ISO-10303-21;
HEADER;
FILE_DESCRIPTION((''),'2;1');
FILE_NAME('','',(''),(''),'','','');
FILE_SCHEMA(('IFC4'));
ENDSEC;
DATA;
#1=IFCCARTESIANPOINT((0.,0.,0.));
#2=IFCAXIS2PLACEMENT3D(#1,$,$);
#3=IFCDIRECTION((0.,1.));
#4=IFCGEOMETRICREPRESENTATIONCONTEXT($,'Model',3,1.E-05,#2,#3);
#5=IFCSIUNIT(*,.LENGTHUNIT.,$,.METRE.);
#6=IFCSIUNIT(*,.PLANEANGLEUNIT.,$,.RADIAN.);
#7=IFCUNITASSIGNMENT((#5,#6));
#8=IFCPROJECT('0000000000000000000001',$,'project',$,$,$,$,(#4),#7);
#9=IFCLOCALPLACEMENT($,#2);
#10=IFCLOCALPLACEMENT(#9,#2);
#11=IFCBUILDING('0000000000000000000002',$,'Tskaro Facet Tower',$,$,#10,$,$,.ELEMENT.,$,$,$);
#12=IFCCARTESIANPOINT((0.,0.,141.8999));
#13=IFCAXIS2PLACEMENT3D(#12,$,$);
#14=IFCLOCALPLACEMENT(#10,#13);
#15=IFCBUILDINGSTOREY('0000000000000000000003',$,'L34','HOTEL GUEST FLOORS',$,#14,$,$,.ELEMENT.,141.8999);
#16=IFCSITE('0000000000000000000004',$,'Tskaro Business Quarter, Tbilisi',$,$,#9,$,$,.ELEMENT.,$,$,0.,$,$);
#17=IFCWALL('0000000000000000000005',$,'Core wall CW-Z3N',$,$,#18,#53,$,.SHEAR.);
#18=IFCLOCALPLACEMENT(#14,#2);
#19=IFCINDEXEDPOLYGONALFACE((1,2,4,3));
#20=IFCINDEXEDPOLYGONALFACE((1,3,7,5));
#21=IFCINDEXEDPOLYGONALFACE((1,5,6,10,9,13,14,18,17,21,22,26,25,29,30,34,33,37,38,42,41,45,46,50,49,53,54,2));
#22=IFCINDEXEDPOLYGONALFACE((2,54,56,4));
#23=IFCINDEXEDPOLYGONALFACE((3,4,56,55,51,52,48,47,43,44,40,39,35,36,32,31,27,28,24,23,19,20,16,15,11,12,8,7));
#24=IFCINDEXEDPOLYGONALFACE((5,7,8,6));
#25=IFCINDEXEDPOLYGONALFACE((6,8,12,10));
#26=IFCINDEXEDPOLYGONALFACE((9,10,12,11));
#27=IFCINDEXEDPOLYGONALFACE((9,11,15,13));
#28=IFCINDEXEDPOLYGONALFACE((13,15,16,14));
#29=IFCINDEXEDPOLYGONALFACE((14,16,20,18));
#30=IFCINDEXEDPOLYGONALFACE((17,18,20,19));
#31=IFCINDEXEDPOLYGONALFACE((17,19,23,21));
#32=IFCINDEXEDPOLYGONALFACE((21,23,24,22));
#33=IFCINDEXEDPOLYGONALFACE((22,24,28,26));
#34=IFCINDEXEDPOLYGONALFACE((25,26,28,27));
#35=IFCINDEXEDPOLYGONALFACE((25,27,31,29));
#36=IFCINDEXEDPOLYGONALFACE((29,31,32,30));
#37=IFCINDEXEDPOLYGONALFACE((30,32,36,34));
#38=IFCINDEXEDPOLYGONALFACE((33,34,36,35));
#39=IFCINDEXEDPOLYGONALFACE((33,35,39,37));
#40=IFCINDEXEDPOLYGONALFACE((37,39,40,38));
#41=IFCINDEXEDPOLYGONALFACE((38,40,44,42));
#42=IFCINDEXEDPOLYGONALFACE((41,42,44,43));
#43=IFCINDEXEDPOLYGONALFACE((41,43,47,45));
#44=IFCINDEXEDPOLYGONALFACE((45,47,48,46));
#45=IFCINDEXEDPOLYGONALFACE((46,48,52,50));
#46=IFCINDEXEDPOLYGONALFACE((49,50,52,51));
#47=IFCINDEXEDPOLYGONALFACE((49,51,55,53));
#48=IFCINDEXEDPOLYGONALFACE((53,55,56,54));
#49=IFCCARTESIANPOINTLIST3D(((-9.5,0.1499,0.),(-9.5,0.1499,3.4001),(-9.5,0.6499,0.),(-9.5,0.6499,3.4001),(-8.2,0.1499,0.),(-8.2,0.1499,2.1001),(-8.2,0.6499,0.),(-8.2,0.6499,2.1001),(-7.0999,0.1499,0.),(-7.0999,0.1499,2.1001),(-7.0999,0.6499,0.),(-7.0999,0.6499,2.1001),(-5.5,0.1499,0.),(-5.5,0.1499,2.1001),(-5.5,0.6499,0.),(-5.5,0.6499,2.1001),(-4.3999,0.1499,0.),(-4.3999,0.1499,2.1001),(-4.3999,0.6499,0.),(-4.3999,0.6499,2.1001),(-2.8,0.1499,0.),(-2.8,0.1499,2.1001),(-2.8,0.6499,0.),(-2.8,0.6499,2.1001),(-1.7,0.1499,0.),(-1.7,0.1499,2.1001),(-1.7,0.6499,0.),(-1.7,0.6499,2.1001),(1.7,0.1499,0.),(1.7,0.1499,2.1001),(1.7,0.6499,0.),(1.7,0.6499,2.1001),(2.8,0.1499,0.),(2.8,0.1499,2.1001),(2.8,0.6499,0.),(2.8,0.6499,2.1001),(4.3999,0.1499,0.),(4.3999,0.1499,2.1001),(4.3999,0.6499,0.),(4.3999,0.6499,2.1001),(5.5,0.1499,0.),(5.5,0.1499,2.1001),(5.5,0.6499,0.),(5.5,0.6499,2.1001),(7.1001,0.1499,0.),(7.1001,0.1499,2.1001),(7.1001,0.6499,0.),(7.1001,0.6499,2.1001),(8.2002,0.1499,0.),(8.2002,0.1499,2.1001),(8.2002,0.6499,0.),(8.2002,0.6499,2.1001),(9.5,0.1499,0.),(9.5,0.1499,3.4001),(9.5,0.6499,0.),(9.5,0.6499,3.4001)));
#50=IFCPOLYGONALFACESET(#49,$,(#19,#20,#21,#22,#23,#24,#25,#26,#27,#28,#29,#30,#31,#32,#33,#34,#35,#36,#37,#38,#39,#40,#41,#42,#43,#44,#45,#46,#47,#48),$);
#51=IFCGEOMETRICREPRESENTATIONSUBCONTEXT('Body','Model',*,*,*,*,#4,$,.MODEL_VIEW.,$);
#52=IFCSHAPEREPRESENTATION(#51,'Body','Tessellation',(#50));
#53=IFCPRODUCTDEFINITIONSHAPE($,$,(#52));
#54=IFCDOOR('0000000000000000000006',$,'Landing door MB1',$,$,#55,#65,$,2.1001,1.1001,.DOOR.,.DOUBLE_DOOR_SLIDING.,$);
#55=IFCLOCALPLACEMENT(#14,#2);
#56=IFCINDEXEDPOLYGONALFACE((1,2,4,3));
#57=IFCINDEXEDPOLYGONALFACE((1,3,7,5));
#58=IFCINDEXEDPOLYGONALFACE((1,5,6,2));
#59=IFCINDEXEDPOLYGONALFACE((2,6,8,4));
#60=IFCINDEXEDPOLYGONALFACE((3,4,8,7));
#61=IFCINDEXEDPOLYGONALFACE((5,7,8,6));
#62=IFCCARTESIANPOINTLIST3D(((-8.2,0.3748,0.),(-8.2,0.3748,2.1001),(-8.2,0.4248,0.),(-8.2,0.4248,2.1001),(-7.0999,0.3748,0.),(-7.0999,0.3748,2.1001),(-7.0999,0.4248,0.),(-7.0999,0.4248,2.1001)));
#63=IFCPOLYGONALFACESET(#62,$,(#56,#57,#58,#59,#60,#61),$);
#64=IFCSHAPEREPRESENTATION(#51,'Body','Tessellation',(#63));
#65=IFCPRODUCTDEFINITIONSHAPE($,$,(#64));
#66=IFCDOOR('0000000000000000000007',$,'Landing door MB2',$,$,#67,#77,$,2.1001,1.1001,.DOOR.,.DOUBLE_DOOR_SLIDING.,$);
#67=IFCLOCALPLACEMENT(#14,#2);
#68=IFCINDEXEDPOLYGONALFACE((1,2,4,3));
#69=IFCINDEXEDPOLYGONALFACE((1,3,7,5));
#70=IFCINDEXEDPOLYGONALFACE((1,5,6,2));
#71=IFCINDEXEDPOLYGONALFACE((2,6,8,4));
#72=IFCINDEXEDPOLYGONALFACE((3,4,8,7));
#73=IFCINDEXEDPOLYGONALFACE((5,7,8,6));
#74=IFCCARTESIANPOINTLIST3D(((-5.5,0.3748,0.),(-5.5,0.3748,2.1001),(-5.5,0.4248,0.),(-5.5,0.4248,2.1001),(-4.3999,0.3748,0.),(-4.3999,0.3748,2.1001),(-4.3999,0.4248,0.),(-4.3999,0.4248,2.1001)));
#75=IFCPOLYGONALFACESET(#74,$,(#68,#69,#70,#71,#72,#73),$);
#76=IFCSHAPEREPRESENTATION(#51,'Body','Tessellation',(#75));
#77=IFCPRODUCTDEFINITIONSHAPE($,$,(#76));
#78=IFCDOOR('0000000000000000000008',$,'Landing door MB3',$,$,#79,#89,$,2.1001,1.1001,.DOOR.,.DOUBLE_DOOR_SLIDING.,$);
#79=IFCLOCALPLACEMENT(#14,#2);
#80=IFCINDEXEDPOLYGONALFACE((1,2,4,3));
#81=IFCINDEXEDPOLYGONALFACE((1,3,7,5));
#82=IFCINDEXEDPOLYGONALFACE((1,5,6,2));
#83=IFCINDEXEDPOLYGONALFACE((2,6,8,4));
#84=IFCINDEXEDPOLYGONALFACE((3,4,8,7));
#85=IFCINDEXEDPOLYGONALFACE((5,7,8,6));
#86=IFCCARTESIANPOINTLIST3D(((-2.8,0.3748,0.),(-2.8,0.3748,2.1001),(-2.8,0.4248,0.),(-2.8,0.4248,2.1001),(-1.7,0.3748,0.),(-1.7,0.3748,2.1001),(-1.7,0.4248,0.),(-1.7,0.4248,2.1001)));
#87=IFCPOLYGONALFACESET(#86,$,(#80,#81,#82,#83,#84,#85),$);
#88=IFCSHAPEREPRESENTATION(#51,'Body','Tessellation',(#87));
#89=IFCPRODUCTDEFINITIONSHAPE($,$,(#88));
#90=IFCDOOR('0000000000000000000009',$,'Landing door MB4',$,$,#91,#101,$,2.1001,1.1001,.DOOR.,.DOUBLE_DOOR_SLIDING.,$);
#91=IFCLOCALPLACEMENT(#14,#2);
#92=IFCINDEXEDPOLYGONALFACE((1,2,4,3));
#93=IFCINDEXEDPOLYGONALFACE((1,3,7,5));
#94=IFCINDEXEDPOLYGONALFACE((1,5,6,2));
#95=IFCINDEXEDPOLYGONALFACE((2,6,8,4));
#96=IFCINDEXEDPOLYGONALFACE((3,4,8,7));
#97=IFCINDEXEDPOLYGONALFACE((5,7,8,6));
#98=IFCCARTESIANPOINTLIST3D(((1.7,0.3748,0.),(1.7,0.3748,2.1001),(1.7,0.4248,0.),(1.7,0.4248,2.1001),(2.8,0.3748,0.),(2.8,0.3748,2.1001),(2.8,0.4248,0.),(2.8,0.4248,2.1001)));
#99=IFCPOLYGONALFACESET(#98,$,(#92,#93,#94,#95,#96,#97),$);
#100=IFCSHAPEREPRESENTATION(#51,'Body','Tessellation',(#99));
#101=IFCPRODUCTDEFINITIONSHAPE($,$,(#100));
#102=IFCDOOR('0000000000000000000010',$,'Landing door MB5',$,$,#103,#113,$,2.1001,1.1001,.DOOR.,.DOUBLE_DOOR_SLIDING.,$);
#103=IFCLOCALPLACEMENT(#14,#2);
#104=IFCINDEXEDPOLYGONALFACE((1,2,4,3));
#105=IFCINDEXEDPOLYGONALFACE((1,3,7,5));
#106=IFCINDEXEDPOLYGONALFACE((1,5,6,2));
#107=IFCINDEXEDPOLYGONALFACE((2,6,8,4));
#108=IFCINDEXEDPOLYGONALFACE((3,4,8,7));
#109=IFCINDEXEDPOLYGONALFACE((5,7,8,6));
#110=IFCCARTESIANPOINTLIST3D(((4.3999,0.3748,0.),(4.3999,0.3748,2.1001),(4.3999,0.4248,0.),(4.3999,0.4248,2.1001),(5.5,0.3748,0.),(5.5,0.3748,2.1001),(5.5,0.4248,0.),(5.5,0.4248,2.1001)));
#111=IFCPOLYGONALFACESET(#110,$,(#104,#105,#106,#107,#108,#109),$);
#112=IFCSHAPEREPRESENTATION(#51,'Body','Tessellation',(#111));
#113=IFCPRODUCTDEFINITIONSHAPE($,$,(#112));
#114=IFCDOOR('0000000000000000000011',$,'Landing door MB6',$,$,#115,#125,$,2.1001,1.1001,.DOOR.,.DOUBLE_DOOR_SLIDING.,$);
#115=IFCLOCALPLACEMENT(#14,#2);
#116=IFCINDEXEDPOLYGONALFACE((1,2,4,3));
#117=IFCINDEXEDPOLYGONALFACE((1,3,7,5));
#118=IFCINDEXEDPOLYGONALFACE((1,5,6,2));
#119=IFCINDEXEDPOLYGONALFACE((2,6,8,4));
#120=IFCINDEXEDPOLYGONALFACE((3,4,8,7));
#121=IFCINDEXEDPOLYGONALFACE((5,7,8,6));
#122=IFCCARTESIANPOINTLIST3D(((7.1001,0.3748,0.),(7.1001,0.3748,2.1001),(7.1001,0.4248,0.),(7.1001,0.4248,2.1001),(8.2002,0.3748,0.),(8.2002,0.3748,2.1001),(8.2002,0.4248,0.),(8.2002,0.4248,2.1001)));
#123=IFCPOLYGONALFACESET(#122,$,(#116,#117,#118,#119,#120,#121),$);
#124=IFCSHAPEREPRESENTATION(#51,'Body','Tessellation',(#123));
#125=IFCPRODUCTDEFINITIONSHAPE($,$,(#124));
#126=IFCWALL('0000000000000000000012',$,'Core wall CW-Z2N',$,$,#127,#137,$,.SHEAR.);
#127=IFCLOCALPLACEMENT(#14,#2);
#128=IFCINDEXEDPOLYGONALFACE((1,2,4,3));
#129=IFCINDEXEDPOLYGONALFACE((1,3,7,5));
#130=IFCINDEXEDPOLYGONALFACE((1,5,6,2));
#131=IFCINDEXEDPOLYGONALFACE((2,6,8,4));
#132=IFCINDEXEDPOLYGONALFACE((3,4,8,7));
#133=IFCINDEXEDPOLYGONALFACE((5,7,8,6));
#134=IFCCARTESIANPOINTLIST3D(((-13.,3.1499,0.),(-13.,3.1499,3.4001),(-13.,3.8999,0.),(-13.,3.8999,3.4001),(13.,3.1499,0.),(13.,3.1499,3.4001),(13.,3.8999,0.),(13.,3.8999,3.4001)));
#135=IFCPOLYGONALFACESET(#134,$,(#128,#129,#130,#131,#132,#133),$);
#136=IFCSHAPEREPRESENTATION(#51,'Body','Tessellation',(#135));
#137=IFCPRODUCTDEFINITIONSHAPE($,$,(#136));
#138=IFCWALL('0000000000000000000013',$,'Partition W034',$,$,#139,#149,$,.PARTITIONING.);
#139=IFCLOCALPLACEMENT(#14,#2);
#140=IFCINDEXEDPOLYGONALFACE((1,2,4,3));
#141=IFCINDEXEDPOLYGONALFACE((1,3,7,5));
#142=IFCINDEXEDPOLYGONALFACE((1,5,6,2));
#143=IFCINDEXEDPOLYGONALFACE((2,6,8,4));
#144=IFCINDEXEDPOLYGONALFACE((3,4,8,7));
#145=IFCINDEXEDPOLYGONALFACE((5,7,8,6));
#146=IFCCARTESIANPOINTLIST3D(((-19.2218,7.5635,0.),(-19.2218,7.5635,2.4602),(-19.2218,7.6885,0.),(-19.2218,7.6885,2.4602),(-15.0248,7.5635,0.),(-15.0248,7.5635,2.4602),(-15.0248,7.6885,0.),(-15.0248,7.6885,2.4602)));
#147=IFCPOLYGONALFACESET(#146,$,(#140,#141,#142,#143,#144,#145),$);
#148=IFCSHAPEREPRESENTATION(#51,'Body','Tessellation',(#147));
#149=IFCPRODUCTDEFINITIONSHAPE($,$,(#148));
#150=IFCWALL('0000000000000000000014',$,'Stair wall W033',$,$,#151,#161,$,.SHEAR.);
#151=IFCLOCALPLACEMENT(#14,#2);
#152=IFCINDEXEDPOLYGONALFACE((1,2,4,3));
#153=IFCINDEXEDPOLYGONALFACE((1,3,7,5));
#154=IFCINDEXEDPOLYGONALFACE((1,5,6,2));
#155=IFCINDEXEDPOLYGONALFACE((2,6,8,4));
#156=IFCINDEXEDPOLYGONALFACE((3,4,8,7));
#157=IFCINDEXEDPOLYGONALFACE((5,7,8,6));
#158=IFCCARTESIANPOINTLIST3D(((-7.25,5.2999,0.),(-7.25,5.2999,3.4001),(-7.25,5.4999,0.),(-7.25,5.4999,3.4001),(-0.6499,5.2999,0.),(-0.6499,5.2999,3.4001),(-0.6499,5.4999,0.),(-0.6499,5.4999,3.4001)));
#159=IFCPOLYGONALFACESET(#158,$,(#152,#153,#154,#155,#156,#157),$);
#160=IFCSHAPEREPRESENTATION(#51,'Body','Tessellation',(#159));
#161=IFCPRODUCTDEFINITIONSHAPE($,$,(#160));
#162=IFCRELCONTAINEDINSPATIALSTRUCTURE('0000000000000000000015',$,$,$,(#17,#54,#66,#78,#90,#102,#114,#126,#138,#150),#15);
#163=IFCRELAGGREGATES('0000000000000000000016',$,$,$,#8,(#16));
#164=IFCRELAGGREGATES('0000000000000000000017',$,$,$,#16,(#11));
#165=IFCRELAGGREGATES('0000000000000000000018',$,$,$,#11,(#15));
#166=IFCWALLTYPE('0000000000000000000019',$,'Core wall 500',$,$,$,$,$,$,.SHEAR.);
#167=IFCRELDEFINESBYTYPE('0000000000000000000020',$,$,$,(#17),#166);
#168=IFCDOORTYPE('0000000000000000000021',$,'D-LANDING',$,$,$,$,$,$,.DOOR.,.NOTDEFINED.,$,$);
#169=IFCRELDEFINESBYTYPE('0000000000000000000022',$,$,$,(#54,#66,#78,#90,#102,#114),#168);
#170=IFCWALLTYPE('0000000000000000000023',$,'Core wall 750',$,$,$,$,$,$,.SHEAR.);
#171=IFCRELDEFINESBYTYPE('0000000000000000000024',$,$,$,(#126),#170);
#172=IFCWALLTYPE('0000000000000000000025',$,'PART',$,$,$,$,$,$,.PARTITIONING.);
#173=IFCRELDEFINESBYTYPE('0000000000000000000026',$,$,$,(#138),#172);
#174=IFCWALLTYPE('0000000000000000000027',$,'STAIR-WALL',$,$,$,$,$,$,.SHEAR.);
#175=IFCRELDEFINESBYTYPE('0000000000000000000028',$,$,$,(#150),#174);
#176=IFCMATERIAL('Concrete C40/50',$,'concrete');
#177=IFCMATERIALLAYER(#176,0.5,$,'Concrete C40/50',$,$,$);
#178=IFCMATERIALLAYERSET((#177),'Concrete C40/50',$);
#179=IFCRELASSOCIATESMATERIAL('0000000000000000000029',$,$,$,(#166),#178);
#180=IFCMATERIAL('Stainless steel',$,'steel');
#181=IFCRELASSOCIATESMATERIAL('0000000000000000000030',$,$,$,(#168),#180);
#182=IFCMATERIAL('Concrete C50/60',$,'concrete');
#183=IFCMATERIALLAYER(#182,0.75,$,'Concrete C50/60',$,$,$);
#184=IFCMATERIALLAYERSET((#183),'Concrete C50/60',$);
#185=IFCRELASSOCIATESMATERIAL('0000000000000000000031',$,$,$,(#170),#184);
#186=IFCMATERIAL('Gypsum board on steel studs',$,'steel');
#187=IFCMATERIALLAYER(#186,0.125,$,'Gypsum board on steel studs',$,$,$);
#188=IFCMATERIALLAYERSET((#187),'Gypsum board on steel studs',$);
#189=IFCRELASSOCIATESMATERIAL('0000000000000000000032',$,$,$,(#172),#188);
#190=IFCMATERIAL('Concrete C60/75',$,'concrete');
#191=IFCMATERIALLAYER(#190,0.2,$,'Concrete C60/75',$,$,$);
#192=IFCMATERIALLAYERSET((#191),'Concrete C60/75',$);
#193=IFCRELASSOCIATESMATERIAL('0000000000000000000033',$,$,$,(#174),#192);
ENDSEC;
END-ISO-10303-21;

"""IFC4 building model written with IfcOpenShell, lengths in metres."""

from ifc_helpers import new_model, si_unit, direction, frame, frame_2d, origin, place, context, subcontext, project, spatial, rectangle, extrude, material, layer, layer_set, type_object, element, fill, save


model = new_model("IFC4")

# Units and contexts
model_context = context("Model", 3, precision=1e-05, world=origin(), true_north=direction((0.0, 1.0)))
body_context = subcontext(model_context, "Body", "Model", "MODEL_VIEW")
ifc_project = project(units=[si_unit("LENGTHUNIT", "METRE"), si_unit("PLANEANGLEUNIT", "RADIAN")], contexts=[model_context])

# Site, building, storey
site_placement = place(None, origin())
site = spatial("IfcSite", under=ifc_project, at=site_placement, Name="Tskaro Business Quarter, Tbilisi", CompositionType="ELEMENT", RefElevation=0.0)
building_placement = place(site_placement, origin())
building = spatial("IfcBuilding", under=site, at=building_placement, Name="Tskaro Facet Tower", CompositionType="ELEMENT")
storey_placement = place(building_placement, frame((0.0, 0.0, 141.8999)))
storey = spatial("IfcBuildingStorey", under=building, at=storey_placement, Name="L34", Description="HOTEL GUEST FLOORS", CompositionType="ELEMENT", Elevation=141.8999)

# Shared definitions
ifc_material_1 = material(Name="Concrete C60/75", Category="concrete")

# Wall, openings, doors
ifc_material_2 = material(Name="Concrete C40/50", Category="concrete")
ifc_layer_1 = layer(ifc_material_2, 0.5, Name="Concrete C40/50")
ifc_layer_set_1 = layer_set([ifc_layer_1], Name="Concrete C40/50")
wall_type_1 = type_object("IfcWallType", Name="Core wall 500", PredefinedType="SHEAR", material=ifc_layer_set_1)
wall_1_placement = place(storey_placement, frame((-9.5, 0.3999, 0.0), z_axis=(0.0, 0.0, 1.0), x_axis=(1.0, 0.0, 0.0)))
wall_1 = element("IfcWall", 1, at=wall_1_placement, inside=storey, type_object=wall_type_1, Name="Core wall CW-Z3N", PredefinedType="SHEAR", context=body_context, shape_type="SweptSolid", body=[
    extrude(rectangle(XDim=19.0, YDim=0.5, at=frame_2d((9.5, 0.0))), origin(), (0.0, 0.0, 1.0), 3.4001),
])
opening_1_placement = place(wall_1_placement, frame((1.3, 0.0, 0.0)))
opening_1 = element("IfcOpeningElement", 2, at=opening_1_placement, cuts=wall_1, PredefinedType="OPENING", context=body_context, shape_type="SweptSolid", body=[
    extrude(rectangle(XDim=1.1001, YDim=2.1001, at=frame_2d((0.55, 1.05))), frame((0.0, 0.26, 0.0), z_axis=(0.0, -1.0, 0.0), x_axis=(1.0, 0.0, 0.0)), (0.0, 0.0, 1.0), 0.52),
])
opening_2_placement = place(wall_1_placement, frame((4.0, 0.0, 0.0)))
opening_2 = element("IfcOpeningElement", 3, at=opening_2_placement, cuts=wall_1, PredefinedType="OPENING", context=body_context, shape_type="SweptSolid", body=[
    extrude(rectangle(XDim=1.1001, YDim=2.1001, at=frame_2d((0.55, 1.05))), frame((0.0, 0.26, 0.0), z_axis=(0.0, -1.0, 0.0), x_axis=(1.0, 0.0, 0.0)), (0.0, 0.0, 1.0), 0.52),
])
opening_3_placement = place(wall_1_placement, frame((6.7, 0.0, 0.0)))
opening_3 = element("IfcOpeningElement", 4, at=opening_3_placement, cuts=wall_1, PredefinedType="OPENING", context=body_context, shape_type="SweptSolid", body=[
    extrude(rectangle(XDim=1.1001, YDim=2.1001, at=frame_2d((0.55, 1.05))), frame((0.0, 0.26, 0.0), z_axis=(0.0, -1.0, 0.0), x_axis=(1.0, 0.0, 0.0)), (0.0, 0.0, 1.0), 0.52),
])
opening_4_placement = place(wall_1_placement, frame((11.2, 0.0, 0.0)))
opening_4 = element("IfcOpeningElement", 5, at=opening_4_placement, cuts=wall_1, PredefinedType="OPENING", context=body_context, shape_type="SweptSolid", body=[
    extrude(rectangle(XDim=1.1001, YDim=2.1001, at=frame_2d((0.55, 1.05))), frame((0.0, 0.26, 0.0), z_axis=(0.0, -1.0, 0.0), x_axis=(1.0, 0.0, 0.0)), (0.0, 0.0, 1.0), 0.52),
])
opening_5_placement = place(wall_1_placement, frame((13.8999, 0.0, 0.0)))
opening_5 = element("IfcOpeningElement", 6, at=opening_5_placement, cuts=wall_1, PredefinedType="OPENING", context=body_context, shape_type="SweptSolid", body=[
    extrude(rectangle(XDim=1.1001, YDim=2.1001, at=frame_2d((0.55, 1.05))), frame((0.0, 0.26, 0.0), z_axis=(0.0, -1.0, 0.0), x_axis=(1.0, 0.0, 0.0)), (0.0, 0.0, 1.0), 0.52),
])
opening_6_placement = place(wall_1_placement, frame((16.6001, 0.0, 0.0)))
opening_6 = element("IfcOpeningElement", 7, at=opening_6_placement, cuts=wall_1, PredefinedType="OPENING", context=body_context, shape_type="SweptSolid", body=[
    extrude(rectangle(XDim=1.1001, YDim=2.1001, at=frame_2d((0.55, 1.05))), frame((0.0, 0.26, 0.0), z_axis=(0.0, -1.0, 0.0), x_axis=(1.0, 0.0, 0.0)), (0.0, 0.0, 1.0), 0.52),
])
ifc_material_3 = material(Name="Stainless steel", Category="steel")
door_type_1 = type_object("IfcDoorType", Name="D-LANDING", OperationType="NOTDEFINED", PredefinedType="DOOR", material=ifc_material_3)
door_1_placement = place(opening_1_placement, origin())
door_1 = element("IfcDoor", 8, at=door_1_placement, inside=storey, type_object=door_type_1, Name="Landing door MB1", OperationType="DOUBLE_DOOR_SLIDING", OverallHeight=2.1001, OverallWidth=1.1001, PredefinedType="DOOR", context=body_context, shape_type="SweptSolid", body=[
    extrude(rectangle(XDim=1.1001, YDim=2.1001, at=frame_2d((0.55, 1.05))), frame((0.0, 0.0249, 0.0), z_axis=(0.0, -1.0, 0.0), x_axis=(1.0, 0.0, 0.0)), (0.0, 0.0, 1.0), 0.05),
])
fill(opening_1, door_1)
door_2_placement = place(opening_2_placement, origin())
door_2 = element("IfcDoor", 9, at=door_2_placement, inside=storey, type_object=door_type_1, Name="Landing door MB2", OperationType="DOUBLE_DOOR_SLIDING", OverallHeight=2.1001, OverallWidth=1.1001, PredefinedType="DOOR", context=body_context, shape_type="SweptSolid", body=[
    extrude(rectangle(XDim=1.1001, YDim=2.1001, at=frame_2d((0.55, 1.05))), frame((0.0, 0.0249, 0.0), z_axis=(0.0, -1.0, 0.0), x_axis=(1.0, 0.0, 0.0)), (0.0, 0.0, 1.0), 0.05),
])
fill(opening_2, door_2)
door_3_placement = place(opening_3_placement, origin())
door_3 = element("IfcDoor", 10, at=door_3_placement, inside=storey, type_object=door_type_1, Name="Landing door MB3", OperationType="DOUBLE_DOOR_SLIDING", OverallHeight=2.1001, OverallWidth=1.1001, PredefinedType="DOOR", context=body_context, shape_type="SweptSolid", body=[
    extrude(rectangle(XDim=1.1001, YDim=2.1001, at=frame_2d((0.55, 1.05))), frame((0.0, 0.0249, 0.0), z_axis=(0.0, -1.0, 0.0), x_axis=(1.0, 0.0, 0.0)), (0.0, 0.0, 1.0), 0.05),
])
fill(opening_3, door_3)
door_4_placement = place(opening_4_placement, origin())
door_4 = element("IfcDoor", 11, at=door_4_placement, inside=storey, type_object=door_type_1, Name="Landing door MB4", OperationType="DOUBLE_DOOR_SLIDING", OverallHeight=2.1001, OverallWidth=1.1001, PredefinedType="DOOR", context=body_context, shape_type="SweptSolid", body=[
    extrude(rectangle(XDim=1.1001, YDim=2.1001, at=frame_2d((0.55, 1.05))), frame((0.0, 0.0249, 0.0), z_axis=(0.0, -1.0, 0.0), x_axis=(1.0, 0.0, 0.0)), (0.0, 0.0, 1.0), 0.05),
])
fill(opening_4, door_4)
door_5_placement = place(opening_5_placement, origin())
door_5 = element("IfcDoor", 12, at=door_5_placement, inside=storey, type_object=door_type_1, Name="Landing door MB5", OperationType="DOUBLE_DOOR_SLIDING", OverallHeight=2.1001, OverallWidth=1.1001, PredefinedType="DOOR", context=body_context, shape_type="SweptSolid", body=[
    extrude(rectangle(XDim=1.1001, YDim=2.1001, at=frame_2d((0.55, 1.05))), frame((0.0, 0.0249, 0.0), z_axis=(0.0, -1.0, 0.0), x_axis=(1.0, 0.0, 0.0)), (0.0, 0.0, 1.0), 0.05),
])
fill(opening_5, door_5)
door_6_placement = place(opening_6_placement, origin())
door_6 = element("IfcDoor", 13, at=door_6_placement, inside=storey, type_object=door_type_1, Name="Landing door MB6", OperationType="DOUBLE_DOOR_SLIDING", OverallHeight=2.1001, OverallWidth=1.1001, PredefinedType="DOOR", context=body_context, shape_type="SweptSolid", body=[
    extrude(rectangle(XDim=1.1001, YDim=2.1001, at=frame_2d((0.55, 1.05))), frame((0.0, 0.0249, 0.0), z_axis=(0.0, -1.0, 0.0), x_axis=(1.0, 0.0, 0.0)), (0.0, 0.0, 1.0), 0.05),
])
fill(opening_6, door_6)

# Walls
ifc_material_4 = material(Name="Concrete C50/60", Category="concrete")
ifc_layer_2 = layer(ifc_material_4, 0.75, Name="Concrete C50/60")
ifc_layer_set_2 = layer_set([ifc_layer_2], Name="Concrete C50/60")
wall_type_2 = type_object("IfcWallType", Name="Core wall 750", PredefinedType="SHEAR", material=ifc_layer_set_2)
wall_2_placement = place(storey_placement, frame((-13.0, 3.5249, 0.0), z_axis=(0.0, 0.0, 1.0), x_axis=(1.0, 0.0, 0.0)))
element("IfcWall", 14, at=wall_2_placement, inside=storey, type_object=wall_type_2, Name="Core wall CW-Z2N", PredefinedType="SHEAR", context=body_context, shape_type="SweptSolid", body=[
    extrude(rectangle(XDim=26.0, YDim=0.75, at=frame_2d((13.0, 0.0))), origin(), (0.0, 0.0, 1.0), 3.4001),
])
ifc_material_5 = material(Name="Gypsum board on steel studs", Category="steel")
ifc_layer_3 = layer(ifc_material_5, 0.125, Name="Gypsum board on steel studs")
ifc_layer_set_3 = layer_set([ifc_layer_3], Name="Gypsum board on steel studs")
wall_type_3 = type_object("IfcWallType", Name="PART", PredefinedType="PARTITIONING", material=ifc_layer_set_3)
wall_3_placement = place(storey_placement, frame((-19.2219, 7.626, 0.0), z_axis=(0.0, 0.0, 1.0), x_axis=(1.0, 0.0, 0.0)))
element("IfcWall", 15, at=wall_3_placement, inside=storey, type_object=wall_type_3, Name="Partition W034", PredefinedType="PARTITIONING", context=body_context, shape_type="SweptSolid", body=[
    extrude(rectangle(XDim=4.197, YDim=0.125, at=frame_2d((2.0986, 0.0))), origin(), (0.0, 0.0, 1.0), 2.4602),
])
ifc_layer_4 = layer(ifc_material_1, 0.2, Name="Concrete C60/75")
ifc_layer_set_4 = layer_set([ifc_layer_4], Name="Concrete C60/75")
wall_type_4 = type_object("IfcWallType", Name="STAIR-WALL", PredefinedType="SHEAR", material=ifc_layer_set_4)
wall_4_placement = place(storey_placement, frame((-7.25, 5.3999, 0.0), z_axis=(0.0, 0.0, 1.0), x_axis=(1.0, 0.0, 0.0)))
element("IfcWall", 16, at=wall_4_placement, inside=storey, type_object=wall_type_4, Name="Stair wall W033", PredefinedType="SHEAR", context=body_context, shape_type="SweptSolid", body=[
    extrude(rectangle(XDim=6.6001, YDim=0.2, at=frame_2d((3.3, 0.0))), origin(), (0.0, 0.0, 1.0), 3.4001),
])

save(model, "model.ifc")
